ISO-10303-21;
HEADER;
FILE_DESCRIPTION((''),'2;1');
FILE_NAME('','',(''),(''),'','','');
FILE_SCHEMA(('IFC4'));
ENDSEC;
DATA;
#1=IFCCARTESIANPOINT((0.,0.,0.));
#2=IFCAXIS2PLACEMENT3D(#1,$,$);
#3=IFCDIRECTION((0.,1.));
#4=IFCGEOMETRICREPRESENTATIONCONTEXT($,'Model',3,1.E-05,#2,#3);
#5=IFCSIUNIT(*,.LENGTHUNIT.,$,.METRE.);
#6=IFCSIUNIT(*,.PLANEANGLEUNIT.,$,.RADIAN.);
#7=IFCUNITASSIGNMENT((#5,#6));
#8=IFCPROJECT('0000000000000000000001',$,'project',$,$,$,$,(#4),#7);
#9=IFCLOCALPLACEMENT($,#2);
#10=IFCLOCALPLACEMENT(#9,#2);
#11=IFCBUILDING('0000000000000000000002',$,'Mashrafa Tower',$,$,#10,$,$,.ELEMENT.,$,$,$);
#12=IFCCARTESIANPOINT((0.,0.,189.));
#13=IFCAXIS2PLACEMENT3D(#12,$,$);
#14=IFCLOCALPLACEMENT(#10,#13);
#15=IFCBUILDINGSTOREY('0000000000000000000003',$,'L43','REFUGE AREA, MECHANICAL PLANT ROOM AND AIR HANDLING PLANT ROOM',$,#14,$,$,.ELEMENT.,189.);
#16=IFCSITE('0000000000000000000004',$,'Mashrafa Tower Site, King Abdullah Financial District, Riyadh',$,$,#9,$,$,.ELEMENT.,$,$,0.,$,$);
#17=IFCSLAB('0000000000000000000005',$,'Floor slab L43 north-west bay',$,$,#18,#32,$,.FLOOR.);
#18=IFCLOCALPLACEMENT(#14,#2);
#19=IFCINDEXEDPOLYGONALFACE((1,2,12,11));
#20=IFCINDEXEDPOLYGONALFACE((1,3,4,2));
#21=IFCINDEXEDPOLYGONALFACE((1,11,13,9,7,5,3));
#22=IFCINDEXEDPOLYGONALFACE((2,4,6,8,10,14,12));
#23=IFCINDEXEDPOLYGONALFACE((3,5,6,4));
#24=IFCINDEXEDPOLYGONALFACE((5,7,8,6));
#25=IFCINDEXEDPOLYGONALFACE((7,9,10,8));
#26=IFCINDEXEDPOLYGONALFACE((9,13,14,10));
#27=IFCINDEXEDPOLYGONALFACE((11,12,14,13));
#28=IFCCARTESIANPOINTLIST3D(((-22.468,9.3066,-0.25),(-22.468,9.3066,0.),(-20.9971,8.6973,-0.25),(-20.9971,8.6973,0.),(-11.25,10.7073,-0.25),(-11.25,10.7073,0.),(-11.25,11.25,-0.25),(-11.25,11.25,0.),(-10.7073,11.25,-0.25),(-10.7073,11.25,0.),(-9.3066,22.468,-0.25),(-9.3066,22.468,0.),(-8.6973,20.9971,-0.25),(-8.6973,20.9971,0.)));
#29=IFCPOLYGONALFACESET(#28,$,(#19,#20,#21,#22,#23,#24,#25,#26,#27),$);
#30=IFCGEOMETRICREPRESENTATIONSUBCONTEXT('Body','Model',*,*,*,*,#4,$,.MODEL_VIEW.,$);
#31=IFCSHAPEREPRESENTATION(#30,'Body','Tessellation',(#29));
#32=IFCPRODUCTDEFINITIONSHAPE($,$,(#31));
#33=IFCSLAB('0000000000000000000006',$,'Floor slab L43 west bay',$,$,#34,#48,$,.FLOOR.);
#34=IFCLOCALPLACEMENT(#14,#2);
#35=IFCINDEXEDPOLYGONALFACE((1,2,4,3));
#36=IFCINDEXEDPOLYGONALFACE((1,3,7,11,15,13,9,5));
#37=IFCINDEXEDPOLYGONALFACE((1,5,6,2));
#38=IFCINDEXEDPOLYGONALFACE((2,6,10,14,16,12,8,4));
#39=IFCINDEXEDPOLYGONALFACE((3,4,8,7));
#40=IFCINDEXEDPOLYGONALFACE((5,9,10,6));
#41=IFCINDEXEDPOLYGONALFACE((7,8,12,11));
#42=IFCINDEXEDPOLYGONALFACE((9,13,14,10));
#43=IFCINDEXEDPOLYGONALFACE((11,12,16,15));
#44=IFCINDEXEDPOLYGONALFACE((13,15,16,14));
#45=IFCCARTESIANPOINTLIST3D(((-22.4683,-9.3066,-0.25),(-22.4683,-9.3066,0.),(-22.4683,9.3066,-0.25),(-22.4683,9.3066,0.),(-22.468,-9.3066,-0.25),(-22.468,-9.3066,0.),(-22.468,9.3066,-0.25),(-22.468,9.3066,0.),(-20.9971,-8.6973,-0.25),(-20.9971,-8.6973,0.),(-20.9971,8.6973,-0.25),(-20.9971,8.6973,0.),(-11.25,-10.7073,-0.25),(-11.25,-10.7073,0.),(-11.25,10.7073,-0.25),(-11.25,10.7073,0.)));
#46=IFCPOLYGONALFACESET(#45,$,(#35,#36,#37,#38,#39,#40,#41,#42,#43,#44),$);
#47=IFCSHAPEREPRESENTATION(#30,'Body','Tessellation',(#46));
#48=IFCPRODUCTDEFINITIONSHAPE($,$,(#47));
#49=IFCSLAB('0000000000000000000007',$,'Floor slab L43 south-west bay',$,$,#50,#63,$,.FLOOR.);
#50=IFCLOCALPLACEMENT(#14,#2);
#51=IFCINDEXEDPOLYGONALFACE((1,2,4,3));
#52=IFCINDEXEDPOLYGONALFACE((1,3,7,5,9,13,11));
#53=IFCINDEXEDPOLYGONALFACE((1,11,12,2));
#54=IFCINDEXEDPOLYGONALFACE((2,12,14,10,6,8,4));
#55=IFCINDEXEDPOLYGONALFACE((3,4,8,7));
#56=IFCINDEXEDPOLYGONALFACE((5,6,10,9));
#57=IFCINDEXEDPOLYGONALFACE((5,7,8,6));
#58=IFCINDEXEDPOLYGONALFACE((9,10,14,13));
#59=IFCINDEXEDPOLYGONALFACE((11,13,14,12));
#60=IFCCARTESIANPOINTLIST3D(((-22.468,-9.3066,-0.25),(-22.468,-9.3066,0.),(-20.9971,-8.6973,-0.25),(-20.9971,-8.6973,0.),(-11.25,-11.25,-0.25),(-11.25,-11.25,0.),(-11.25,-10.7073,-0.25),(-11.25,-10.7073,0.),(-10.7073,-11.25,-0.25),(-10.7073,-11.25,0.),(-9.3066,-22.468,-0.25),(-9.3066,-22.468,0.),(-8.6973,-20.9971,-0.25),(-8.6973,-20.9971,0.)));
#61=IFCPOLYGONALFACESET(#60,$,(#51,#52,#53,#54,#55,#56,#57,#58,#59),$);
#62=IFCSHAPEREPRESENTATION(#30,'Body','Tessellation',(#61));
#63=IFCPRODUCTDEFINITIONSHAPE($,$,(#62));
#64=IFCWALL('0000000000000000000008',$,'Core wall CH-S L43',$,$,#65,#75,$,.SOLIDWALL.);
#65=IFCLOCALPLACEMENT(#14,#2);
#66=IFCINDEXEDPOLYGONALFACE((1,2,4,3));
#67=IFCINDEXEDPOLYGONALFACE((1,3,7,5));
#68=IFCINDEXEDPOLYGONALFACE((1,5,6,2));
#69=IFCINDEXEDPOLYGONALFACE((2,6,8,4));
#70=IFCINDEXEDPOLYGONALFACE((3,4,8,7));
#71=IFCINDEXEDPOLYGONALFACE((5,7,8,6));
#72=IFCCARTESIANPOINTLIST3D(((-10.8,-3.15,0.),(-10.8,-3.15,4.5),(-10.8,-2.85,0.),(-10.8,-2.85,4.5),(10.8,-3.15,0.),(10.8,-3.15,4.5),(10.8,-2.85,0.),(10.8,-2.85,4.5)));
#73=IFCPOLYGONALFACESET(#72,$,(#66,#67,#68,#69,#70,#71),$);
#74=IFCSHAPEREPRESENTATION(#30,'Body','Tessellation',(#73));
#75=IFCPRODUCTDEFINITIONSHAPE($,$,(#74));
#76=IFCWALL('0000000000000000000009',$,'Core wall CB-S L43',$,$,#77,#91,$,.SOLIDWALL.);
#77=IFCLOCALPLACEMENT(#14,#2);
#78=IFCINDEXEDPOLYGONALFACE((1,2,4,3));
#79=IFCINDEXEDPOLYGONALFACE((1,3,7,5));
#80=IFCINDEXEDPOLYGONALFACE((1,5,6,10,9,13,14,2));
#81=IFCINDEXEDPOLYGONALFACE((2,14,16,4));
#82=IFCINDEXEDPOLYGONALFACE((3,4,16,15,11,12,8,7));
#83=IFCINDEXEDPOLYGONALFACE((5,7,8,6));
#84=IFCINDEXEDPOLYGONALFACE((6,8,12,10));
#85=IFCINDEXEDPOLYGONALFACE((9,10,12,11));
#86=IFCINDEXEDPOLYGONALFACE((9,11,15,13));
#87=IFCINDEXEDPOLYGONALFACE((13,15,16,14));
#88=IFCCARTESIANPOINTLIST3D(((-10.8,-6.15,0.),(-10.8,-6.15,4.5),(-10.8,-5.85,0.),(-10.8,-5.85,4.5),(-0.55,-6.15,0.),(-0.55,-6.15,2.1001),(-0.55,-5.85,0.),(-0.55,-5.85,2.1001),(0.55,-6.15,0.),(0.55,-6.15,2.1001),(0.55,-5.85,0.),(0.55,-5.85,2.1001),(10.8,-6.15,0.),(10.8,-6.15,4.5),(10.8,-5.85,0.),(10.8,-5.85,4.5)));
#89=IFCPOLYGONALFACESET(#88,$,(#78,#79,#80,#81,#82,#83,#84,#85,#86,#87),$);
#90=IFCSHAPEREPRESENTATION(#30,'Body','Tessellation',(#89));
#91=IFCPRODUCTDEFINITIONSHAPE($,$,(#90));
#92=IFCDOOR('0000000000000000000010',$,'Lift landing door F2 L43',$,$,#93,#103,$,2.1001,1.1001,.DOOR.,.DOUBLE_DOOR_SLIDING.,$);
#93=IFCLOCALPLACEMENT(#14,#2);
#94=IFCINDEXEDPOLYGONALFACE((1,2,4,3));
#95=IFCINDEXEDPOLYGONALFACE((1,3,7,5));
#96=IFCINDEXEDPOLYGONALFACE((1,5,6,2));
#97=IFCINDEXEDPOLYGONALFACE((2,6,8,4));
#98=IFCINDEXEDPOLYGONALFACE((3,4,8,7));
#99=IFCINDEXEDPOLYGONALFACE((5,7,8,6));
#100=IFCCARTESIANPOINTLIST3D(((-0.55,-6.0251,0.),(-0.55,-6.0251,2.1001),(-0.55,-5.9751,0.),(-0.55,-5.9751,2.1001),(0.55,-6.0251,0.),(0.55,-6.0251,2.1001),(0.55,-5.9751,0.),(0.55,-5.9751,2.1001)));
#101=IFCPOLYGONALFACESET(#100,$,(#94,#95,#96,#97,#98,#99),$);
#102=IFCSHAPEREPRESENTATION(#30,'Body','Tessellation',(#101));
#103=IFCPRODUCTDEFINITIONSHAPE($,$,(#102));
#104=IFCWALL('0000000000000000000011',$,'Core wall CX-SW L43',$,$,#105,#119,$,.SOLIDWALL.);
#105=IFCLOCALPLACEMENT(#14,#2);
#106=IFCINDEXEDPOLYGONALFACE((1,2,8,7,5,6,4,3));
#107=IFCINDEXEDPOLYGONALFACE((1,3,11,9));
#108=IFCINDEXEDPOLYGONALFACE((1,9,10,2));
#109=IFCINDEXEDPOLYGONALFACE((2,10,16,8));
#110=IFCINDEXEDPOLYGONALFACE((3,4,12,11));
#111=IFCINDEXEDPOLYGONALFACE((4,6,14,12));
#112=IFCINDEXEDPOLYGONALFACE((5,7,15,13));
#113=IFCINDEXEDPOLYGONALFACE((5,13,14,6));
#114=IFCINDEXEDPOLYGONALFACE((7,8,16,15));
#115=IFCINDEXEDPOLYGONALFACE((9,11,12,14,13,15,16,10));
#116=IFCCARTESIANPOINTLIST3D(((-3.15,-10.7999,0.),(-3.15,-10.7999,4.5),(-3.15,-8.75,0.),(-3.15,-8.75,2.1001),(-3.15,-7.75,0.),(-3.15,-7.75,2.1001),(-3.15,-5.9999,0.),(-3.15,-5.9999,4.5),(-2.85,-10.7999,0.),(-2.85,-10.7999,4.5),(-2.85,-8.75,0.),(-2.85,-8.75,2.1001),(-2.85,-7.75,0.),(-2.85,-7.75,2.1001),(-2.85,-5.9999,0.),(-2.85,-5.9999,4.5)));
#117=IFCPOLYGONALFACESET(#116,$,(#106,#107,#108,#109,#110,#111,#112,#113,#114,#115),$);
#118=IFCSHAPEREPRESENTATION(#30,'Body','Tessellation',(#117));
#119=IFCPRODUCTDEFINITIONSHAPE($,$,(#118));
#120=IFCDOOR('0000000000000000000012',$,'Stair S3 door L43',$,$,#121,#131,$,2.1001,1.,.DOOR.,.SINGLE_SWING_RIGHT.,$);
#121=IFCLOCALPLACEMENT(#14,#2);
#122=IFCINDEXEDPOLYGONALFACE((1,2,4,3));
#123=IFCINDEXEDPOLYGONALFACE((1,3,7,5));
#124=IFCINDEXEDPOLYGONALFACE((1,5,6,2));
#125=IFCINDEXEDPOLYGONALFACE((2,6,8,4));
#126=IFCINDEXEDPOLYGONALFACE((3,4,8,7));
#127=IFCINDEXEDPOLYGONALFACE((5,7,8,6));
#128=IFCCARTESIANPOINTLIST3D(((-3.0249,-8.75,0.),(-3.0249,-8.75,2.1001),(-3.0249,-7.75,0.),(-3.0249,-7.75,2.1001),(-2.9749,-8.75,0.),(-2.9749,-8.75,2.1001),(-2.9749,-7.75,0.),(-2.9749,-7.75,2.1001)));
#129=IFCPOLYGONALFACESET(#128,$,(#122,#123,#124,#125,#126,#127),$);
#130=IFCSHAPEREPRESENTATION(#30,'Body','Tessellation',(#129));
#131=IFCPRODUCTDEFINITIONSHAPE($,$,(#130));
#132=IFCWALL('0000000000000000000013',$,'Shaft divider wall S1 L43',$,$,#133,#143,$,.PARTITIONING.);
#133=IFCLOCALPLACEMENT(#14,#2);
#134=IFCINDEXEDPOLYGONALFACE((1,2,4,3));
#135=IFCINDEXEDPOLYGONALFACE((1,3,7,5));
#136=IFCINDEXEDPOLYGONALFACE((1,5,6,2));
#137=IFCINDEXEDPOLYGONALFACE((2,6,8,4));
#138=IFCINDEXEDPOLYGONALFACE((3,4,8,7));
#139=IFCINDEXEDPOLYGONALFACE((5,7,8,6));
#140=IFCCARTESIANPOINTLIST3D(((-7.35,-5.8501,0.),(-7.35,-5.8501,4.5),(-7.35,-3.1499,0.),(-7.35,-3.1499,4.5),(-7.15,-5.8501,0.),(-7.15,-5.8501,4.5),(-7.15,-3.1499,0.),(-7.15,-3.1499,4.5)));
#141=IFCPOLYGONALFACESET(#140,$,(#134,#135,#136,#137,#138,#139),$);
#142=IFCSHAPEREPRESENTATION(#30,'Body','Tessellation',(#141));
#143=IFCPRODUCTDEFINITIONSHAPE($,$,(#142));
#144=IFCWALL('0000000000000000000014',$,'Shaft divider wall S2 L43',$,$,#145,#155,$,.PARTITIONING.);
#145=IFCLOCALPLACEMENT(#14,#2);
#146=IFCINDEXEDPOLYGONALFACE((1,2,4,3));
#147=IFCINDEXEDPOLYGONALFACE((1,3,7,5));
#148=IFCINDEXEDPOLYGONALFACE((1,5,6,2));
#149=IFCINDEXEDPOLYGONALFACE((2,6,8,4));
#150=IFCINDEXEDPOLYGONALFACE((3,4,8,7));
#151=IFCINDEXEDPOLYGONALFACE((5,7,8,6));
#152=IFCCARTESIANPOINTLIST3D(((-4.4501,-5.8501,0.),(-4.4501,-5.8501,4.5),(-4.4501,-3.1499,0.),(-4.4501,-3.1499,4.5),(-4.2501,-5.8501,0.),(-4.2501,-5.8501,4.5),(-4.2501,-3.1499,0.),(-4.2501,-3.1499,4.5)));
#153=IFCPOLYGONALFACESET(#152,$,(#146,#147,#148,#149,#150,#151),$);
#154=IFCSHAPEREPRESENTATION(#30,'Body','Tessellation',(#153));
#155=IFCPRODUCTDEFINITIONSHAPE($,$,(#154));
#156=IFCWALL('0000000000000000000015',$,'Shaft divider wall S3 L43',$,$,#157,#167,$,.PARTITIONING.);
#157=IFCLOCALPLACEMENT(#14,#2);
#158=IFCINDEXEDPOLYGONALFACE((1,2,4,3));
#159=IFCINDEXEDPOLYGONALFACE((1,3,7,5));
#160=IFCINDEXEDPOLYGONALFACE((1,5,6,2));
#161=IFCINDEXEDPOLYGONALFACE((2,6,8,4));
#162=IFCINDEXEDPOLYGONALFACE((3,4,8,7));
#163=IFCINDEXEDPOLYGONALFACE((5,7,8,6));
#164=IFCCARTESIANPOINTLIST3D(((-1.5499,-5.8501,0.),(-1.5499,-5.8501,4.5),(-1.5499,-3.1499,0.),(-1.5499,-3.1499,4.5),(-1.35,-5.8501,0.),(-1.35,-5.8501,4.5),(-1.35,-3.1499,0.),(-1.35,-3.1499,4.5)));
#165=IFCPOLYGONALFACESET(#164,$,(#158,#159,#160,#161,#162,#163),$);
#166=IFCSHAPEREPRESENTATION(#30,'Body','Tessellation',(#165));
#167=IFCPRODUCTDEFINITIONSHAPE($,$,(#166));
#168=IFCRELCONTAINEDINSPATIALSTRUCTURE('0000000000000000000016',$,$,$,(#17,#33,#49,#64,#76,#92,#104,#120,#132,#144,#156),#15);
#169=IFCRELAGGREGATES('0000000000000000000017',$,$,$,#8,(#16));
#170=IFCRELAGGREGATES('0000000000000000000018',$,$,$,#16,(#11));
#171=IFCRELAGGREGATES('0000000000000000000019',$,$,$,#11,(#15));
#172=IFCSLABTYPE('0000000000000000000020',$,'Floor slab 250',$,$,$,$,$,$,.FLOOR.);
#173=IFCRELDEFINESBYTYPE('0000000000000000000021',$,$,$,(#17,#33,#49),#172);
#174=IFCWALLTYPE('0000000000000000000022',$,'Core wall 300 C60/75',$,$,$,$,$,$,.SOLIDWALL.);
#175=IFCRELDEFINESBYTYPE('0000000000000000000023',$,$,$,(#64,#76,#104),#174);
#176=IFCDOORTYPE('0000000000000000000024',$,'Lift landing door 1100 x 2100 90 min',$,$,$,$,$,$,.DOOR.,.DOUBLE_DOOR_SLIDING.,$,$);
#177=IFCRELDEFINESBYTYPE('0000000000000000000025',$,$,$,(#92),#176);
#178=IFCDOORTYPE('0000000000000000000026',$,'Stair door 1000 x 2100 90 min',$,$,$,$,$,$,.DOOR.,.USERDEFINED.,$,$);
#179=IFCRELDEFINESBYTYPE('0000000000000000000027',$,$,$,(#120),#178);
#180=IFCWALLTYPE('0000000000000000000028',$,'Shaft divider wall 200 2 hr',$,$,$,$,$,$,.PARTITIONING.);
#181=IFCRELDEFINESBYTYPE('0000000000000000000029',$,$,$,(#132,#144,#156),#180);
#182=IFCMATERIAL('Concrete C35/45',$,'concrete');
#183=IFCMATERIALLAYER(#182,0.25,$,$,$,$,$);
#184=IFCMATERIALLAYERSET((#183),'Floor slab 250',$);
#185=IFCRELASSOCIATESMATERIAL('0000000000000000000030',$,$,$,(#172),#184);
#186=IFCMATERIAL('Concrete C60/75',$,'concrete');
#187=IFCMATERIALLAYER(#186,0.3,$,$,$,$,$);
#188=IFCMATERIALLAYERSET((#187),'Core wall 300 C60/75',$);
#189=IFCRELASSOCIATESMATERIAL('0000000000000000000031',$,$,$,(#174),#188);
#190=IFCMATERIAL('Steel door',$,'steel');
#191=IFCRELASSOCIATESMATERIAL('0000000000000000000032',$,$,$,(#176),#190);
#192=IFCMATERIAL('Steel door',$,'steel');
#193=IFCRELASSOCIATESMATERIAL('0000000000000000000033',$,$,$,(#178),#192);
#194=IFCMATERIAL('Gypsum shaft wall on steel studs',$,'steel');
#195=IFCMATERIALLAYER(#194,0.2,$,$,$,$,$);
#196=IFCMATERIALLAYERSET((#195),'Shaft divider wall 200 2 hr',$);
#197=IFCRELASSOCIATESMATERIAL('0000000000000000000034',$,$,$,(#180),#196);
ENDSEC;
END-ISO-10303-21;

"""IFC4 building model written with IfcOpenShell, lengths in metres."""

from ifc_helpers import new_model, si_unit, direction, frame, frame_2d, origin, place, context, subcontext, project, spatial, polyline, rectangle, outline, extrude, material, layer, layer_set, type_object, element, fill, save


model = new_model("IFC4")

# Units and contexts
model_context = context("Model", 3, precision=1e-05, world=origin(), true_north=direction((0.0, 1.0)))
body_context = subcontext(model_context, "Body", "Model", "MODEL_VIEW")
ifc_project = project(units=[si_unit("LENGTHUNIT", "METRE"), si_unit("PLANEANGLEUNIT", "RADIAN")], contexts=[model_context])

# Site, building, storey
site_placement = place(None, origin())
site = spatial("IfcSite", under=ifc_project, at=site_placement, Name="Mashrafa Tower Site, King Abdullah Financial District, Riyadh", CompositionType="ELEMENT", RefElevation=0.0)
building_placement = place(site_placement, origin())
building = spatial("IfcBuilding", under=site, at=building_placement, Name="Mashrafa Tower", CompositionType="ELEMENT")
storey_placement = place(building_placement, frame((0.0, 0.0, 189.0)))
storey = spatial("IfcBuildingStorey", under=building, at=storey_placement, Name="L43", Description="REFUGE AREA, MECHANICAL PLANT ROOM AND AIR HANDLING PLANT ROOM", CompositionType="ELEMENT", Elevation=189.0)

# Slabs
ifc_material_1 = material(Name="Concrete C35/45", Category="concrete")
ifc_layer_1 = layer(ifc_material_1, 0.25)
ifc_layer_set_1 = layer_set([ifc_layer_1], Name="Floor slab 250")
slab_type = type_object("IfcSlabType", Name="Floor slab 250", PredefinedType="FLOOR", material=ifc_layer_set_1)
slab_1_placement = place(storey_placement, frame((0.0, 0.0, -0.25)))
element("IfcSlab", 1, at=slab_1_placement, inside=storey, type_object=slab_type, Name="Floor slab L43 north-west bay", PredefinedType="FLOOR", context=body_context, shape_type="SweptSolid", body=[
    extrude(outline(polyline([(-9.3066, 22.468), (-8.6973, 20.9971), (-10.7073, 11.25), (-11.25, 11.25), (-11.25, 10.7073), (-20.9971, 8.6973), (-22.468, 9.3066), (-9.3066, 22.468)])), origin(), (0.0, 0.0, 1.0), 0.25),
])
slab_2_placement = place(storey_placement, frame((0.0, 0.0, -0.25)))
element("IfcSlab", 2, at=slab_2_placement, inside=storey, type_object=slab_type, Name="Floor slab L43 west bay", PredefinedType="FLOOR", context=body_context, shape_type="SweptSolid", body=[
    extrude(outline(polyline([(-22.4683, -9.3066), (-22.4683, 9.3066), (-22.468, 9.3066), (-20.9971, 8.6973), (-11.25, 10.7073), (-11.25, -10.7073), (-20.9971, -8.6973), (-22.468, -9.3066), (-22.4683, -9.3066)])), origin(), (0.0, 0.0, 1.0), 0.25),
])
slab_3_placement = place(storey_placement, frame((0.0, 0.0, -0.25)))
element("IfcSlab", 3, at=slab_3_placement, inside=storey, type_object=slab_type, Name="Floor slab L43 south-west bay", PredefinedType="FLOOR", context=body_context, shape_type="SweptSolid", body=[
    extrude(outline(polyline([(-22.468, -9.3066), (-20.9971, -8.6973), (-11.25, -10.7073), (-11.25, -11.25), (-10.7073, -11.25), (-8.6973, -20.9971), (-9.3066, -22.468), (-22.468, -9.3066)])), origin(), (0.0, 0.0, 1.0), 0.25),
])

# Wall
ifc_material_2 = material(Name="Concrete C60/75", Category="concrete")
ifc_layer_2 = layer(ifc_material_2, 0.3)
ifc_layer_set_2 = layer_set([ifc_layer_2], Name="Core wall 300 C60/75")
wall_type_1 = type_object("IfcWallType", Name="Core wall 300 C60/75", PredefinedType="SOLIDWALL", material=ifc_layer_set_2)
wall_1_placement = place(storey_placement, frame((-10.8, -3.0, 0.0), z_axis=(0.0, 0.0, 1.0), x_axis=(1.0, 0.0, 0.0)))
element("IfcWall", 4, at=wall_1_placement, inside=storey, type_object=wall_type_1, Name="Core wall CH-S L43", PredefinedType="SOLIDWALL", context=body_context, shape_type="SweptSolid", body=[
    extrude(rectangle(XDim=21.6001, YDim=0.3, at=frame_2d((10.8, 0.0))), origin(), (0.0, 0.0, 1.0), 4.5),
])

# Walls, openings, doors
wall_2_placement = place(storey_placement, frame((-10.8, -6.0, 0.0), z_axis=(0.0, 0.0, 1.0), x_axis=(1.0, 0.0, 0.0)))
wall_2 = element("IfcWall", 5, at=wall_2_placement, inside=storey, type_object=wall_type_1, Name="Core wall CB-S L43", PredefinedType="SOLIDWALL", context=body_context, shape_type="SweptSolid", body=[
    extrude(rectangle(XDim=21.6001, YDim=0.3, at=frame_2d((10.8, 0.0))), origin(), (0.0, 0.0, 1.0), 4.5),
])
opening_1_placement = place(wall_2_placement, frame((10.25, 0.0, 0.0)))
opening_1 = element("IfcOpeningElement", 6, at=opening_1_placement, cuts=wall_2, PredefinedType="OPENING", context=body_context, shape_type="SweptSolid", body=[
    extrude(rectangle(XDim=1.1001, YDim=2.1001, at=frame_2d((0.55, 1.05))), frame((0.0, 0.1599, 0.0), z_axis=(0.0, -1.0, 0.0), x_axis=(1.0, 0.0, 0.0)), (0.0, 0.0, 1.0), 0.3201),
])
ifc_material_3 = material(Name="Steel door", Category="steel")
door_type_1 = type_object("IfcDoorType", Name="Lift landing door 1100 x 2100 90 min", OperationType="DOUBLE_DOOR_SLIDING", PredefinedType="DOOR", material=ifc_material_3)
door_1_placement = place(opening_1_placement, origin())
door_1 = element("IfcDoor", 7, at=door_1_placement, inside=storey, type_object=door_type_1, Name="Lift landing door F2 L43", OperationType="DOUBLE_DOOR_SLIDING", OverallHeight=2.1001, OverallWidth=1.1001, PredefinedType="DOOR", context=body_context, shape_type="SweptSolid", body=[
    extrude(rectangle(XDim=1.1001, YDim=2.1001, at=frame_2d((0.55, 1.05))), frame((0.0, 0.0249, 0.0), z_axis=(0.0, -1.0, 0.0), x_axis=(1.0, 0.0, 0.0)), (0.0, 0.0, 1.0), 0.05),
])
fill(opening_1, door_1)
wall_3_placement = place(storey_placement, frame((-3.0, -6.0, 0.0), z_axis=(0.0, 0.0, 1.0), x_axis=(0.0, -1.0, 0.0)))
wall_3 = element("IfcWall", 8, at=wall_3_placement, inside=storey, type_object=wall_type_1, Name="Core wall CX-SW L43", PredefinedType="SOLIDWALL", context=body_context, shape_type="SweptSolid", body=[
    extrude(rectangle(XDim=4.8, YDim=0.3, at=frame_2d((2.3999, 0.0))), origin(), (0.0, 0.0, 1.0), 4.5),
])
opening_2_placement = place(wall_3_placement, frame((1.75, 0.0, 0.0)))
opening_2 = element("IfcOpeningElement", 9, at=opening_2_placement, cuts=wall_3, PredefinedType="OPENING", context=body_context, shape_type="SweptSolid", body=[
    extrude(rectangle(XDim=1.0, YDim=2.1001, at=frame_2d((0.5, 1.05))), frame((0.0, 0.1599, 0.0), z_axis=(0.0, -1.0, 0.0), x_axis=(1.0, 0.0, 0.0)), (0.0, 0.0, 1.0), 0.3201),
])
ifc_material_4 = material(Name="Steel door", Category="steel")
door_type_2 = type_object("IfcDoorType", Name="Stair door 1000 x 2100 90 min", OperationType="USERDEFINED", PredefinedType="DOOR", material=ifc_material_4)
door_2_placement = place(opening_2_placement, frame((1.0, 0.0, 0.0), z_axis=(0.0, 0.0, 1.0), x_axis=(-1.0, 0.0, 0.0)))
door_2 = element("IfcDoor", 10, at=door_2_placement, inside=storey, type_object=door_type_2, Name="Stair S3 door L43", OperationType="SINGLE_SWING_RIGHT", OverallHeight=2.1001, OverallWidth=1.0, PredefinedType="DOOR", context=body_context, shape_type="SweptSolid", body=[
    extrude(rectangle(XDim=1.0, YDim=2.1001, at=frame_2d((0.5, 1.05))), frame((0.0, 0.0249, 0.0), z_axis=(0.0, -1.0, 0.0), x_axis=(1.0, 0.0, 0.0)), (0.0, 0.0, 1.0), 0.05),
])
fill(opening_2, door_2)

# Walls
ifc_material_5 = material(Name="Gypsum shaft wall on steel studs", Category="steel")
ifc_layer_3 = layer(ifc_material_5, 0.2)
ifc_layer_set_3 = layer_set([ifc_layer_3], Name="Shaft divider wall 200 2 hr")
wall_type_2 = type_object("IfcWallType", Name="Shaft divider wall 200 2 hr", PredefinedType="PARTITIONING", material=ifc_layer_set_3)
for number, where, z_axis, x_axis, name in (
    (11, (-7.25, -5.8501, 0.0), (0.0, 0.0, 1.0), (0.0, 1.0, 0.0), "Shaft divider wall S1 L43"),
    (12, (-4.3501, -5.8501, 0.0), (0.0, 0.0, 1.0), (0.0, 1.0, 0.0), "Shaft divider wall S2 L43"),
    (13, (-1.45, -5.8501, 0.0), (0.0, 0.0, 1.0), (0.0, 1.0, 0.0), "Shaft divider wall S3 L43"),
):
    element("IfcWall", number, at=place(storey_placement, frame(where, z_axis=z_axis, x_axis=x_axis)), inside=storey, type_object=wall_type_2, Name=name, PredefinedType="PARTITIONING", context=body_context, shape_type="SweptSolid", body=[
        extrude(rectangle(XDim=2.7002, YDim=0.2, at=frame_2d((1.3501, 0.0))), origin(), (0.0, 0.0, 1.0), 4.5),
    ])

save(model, "model.ifc")
